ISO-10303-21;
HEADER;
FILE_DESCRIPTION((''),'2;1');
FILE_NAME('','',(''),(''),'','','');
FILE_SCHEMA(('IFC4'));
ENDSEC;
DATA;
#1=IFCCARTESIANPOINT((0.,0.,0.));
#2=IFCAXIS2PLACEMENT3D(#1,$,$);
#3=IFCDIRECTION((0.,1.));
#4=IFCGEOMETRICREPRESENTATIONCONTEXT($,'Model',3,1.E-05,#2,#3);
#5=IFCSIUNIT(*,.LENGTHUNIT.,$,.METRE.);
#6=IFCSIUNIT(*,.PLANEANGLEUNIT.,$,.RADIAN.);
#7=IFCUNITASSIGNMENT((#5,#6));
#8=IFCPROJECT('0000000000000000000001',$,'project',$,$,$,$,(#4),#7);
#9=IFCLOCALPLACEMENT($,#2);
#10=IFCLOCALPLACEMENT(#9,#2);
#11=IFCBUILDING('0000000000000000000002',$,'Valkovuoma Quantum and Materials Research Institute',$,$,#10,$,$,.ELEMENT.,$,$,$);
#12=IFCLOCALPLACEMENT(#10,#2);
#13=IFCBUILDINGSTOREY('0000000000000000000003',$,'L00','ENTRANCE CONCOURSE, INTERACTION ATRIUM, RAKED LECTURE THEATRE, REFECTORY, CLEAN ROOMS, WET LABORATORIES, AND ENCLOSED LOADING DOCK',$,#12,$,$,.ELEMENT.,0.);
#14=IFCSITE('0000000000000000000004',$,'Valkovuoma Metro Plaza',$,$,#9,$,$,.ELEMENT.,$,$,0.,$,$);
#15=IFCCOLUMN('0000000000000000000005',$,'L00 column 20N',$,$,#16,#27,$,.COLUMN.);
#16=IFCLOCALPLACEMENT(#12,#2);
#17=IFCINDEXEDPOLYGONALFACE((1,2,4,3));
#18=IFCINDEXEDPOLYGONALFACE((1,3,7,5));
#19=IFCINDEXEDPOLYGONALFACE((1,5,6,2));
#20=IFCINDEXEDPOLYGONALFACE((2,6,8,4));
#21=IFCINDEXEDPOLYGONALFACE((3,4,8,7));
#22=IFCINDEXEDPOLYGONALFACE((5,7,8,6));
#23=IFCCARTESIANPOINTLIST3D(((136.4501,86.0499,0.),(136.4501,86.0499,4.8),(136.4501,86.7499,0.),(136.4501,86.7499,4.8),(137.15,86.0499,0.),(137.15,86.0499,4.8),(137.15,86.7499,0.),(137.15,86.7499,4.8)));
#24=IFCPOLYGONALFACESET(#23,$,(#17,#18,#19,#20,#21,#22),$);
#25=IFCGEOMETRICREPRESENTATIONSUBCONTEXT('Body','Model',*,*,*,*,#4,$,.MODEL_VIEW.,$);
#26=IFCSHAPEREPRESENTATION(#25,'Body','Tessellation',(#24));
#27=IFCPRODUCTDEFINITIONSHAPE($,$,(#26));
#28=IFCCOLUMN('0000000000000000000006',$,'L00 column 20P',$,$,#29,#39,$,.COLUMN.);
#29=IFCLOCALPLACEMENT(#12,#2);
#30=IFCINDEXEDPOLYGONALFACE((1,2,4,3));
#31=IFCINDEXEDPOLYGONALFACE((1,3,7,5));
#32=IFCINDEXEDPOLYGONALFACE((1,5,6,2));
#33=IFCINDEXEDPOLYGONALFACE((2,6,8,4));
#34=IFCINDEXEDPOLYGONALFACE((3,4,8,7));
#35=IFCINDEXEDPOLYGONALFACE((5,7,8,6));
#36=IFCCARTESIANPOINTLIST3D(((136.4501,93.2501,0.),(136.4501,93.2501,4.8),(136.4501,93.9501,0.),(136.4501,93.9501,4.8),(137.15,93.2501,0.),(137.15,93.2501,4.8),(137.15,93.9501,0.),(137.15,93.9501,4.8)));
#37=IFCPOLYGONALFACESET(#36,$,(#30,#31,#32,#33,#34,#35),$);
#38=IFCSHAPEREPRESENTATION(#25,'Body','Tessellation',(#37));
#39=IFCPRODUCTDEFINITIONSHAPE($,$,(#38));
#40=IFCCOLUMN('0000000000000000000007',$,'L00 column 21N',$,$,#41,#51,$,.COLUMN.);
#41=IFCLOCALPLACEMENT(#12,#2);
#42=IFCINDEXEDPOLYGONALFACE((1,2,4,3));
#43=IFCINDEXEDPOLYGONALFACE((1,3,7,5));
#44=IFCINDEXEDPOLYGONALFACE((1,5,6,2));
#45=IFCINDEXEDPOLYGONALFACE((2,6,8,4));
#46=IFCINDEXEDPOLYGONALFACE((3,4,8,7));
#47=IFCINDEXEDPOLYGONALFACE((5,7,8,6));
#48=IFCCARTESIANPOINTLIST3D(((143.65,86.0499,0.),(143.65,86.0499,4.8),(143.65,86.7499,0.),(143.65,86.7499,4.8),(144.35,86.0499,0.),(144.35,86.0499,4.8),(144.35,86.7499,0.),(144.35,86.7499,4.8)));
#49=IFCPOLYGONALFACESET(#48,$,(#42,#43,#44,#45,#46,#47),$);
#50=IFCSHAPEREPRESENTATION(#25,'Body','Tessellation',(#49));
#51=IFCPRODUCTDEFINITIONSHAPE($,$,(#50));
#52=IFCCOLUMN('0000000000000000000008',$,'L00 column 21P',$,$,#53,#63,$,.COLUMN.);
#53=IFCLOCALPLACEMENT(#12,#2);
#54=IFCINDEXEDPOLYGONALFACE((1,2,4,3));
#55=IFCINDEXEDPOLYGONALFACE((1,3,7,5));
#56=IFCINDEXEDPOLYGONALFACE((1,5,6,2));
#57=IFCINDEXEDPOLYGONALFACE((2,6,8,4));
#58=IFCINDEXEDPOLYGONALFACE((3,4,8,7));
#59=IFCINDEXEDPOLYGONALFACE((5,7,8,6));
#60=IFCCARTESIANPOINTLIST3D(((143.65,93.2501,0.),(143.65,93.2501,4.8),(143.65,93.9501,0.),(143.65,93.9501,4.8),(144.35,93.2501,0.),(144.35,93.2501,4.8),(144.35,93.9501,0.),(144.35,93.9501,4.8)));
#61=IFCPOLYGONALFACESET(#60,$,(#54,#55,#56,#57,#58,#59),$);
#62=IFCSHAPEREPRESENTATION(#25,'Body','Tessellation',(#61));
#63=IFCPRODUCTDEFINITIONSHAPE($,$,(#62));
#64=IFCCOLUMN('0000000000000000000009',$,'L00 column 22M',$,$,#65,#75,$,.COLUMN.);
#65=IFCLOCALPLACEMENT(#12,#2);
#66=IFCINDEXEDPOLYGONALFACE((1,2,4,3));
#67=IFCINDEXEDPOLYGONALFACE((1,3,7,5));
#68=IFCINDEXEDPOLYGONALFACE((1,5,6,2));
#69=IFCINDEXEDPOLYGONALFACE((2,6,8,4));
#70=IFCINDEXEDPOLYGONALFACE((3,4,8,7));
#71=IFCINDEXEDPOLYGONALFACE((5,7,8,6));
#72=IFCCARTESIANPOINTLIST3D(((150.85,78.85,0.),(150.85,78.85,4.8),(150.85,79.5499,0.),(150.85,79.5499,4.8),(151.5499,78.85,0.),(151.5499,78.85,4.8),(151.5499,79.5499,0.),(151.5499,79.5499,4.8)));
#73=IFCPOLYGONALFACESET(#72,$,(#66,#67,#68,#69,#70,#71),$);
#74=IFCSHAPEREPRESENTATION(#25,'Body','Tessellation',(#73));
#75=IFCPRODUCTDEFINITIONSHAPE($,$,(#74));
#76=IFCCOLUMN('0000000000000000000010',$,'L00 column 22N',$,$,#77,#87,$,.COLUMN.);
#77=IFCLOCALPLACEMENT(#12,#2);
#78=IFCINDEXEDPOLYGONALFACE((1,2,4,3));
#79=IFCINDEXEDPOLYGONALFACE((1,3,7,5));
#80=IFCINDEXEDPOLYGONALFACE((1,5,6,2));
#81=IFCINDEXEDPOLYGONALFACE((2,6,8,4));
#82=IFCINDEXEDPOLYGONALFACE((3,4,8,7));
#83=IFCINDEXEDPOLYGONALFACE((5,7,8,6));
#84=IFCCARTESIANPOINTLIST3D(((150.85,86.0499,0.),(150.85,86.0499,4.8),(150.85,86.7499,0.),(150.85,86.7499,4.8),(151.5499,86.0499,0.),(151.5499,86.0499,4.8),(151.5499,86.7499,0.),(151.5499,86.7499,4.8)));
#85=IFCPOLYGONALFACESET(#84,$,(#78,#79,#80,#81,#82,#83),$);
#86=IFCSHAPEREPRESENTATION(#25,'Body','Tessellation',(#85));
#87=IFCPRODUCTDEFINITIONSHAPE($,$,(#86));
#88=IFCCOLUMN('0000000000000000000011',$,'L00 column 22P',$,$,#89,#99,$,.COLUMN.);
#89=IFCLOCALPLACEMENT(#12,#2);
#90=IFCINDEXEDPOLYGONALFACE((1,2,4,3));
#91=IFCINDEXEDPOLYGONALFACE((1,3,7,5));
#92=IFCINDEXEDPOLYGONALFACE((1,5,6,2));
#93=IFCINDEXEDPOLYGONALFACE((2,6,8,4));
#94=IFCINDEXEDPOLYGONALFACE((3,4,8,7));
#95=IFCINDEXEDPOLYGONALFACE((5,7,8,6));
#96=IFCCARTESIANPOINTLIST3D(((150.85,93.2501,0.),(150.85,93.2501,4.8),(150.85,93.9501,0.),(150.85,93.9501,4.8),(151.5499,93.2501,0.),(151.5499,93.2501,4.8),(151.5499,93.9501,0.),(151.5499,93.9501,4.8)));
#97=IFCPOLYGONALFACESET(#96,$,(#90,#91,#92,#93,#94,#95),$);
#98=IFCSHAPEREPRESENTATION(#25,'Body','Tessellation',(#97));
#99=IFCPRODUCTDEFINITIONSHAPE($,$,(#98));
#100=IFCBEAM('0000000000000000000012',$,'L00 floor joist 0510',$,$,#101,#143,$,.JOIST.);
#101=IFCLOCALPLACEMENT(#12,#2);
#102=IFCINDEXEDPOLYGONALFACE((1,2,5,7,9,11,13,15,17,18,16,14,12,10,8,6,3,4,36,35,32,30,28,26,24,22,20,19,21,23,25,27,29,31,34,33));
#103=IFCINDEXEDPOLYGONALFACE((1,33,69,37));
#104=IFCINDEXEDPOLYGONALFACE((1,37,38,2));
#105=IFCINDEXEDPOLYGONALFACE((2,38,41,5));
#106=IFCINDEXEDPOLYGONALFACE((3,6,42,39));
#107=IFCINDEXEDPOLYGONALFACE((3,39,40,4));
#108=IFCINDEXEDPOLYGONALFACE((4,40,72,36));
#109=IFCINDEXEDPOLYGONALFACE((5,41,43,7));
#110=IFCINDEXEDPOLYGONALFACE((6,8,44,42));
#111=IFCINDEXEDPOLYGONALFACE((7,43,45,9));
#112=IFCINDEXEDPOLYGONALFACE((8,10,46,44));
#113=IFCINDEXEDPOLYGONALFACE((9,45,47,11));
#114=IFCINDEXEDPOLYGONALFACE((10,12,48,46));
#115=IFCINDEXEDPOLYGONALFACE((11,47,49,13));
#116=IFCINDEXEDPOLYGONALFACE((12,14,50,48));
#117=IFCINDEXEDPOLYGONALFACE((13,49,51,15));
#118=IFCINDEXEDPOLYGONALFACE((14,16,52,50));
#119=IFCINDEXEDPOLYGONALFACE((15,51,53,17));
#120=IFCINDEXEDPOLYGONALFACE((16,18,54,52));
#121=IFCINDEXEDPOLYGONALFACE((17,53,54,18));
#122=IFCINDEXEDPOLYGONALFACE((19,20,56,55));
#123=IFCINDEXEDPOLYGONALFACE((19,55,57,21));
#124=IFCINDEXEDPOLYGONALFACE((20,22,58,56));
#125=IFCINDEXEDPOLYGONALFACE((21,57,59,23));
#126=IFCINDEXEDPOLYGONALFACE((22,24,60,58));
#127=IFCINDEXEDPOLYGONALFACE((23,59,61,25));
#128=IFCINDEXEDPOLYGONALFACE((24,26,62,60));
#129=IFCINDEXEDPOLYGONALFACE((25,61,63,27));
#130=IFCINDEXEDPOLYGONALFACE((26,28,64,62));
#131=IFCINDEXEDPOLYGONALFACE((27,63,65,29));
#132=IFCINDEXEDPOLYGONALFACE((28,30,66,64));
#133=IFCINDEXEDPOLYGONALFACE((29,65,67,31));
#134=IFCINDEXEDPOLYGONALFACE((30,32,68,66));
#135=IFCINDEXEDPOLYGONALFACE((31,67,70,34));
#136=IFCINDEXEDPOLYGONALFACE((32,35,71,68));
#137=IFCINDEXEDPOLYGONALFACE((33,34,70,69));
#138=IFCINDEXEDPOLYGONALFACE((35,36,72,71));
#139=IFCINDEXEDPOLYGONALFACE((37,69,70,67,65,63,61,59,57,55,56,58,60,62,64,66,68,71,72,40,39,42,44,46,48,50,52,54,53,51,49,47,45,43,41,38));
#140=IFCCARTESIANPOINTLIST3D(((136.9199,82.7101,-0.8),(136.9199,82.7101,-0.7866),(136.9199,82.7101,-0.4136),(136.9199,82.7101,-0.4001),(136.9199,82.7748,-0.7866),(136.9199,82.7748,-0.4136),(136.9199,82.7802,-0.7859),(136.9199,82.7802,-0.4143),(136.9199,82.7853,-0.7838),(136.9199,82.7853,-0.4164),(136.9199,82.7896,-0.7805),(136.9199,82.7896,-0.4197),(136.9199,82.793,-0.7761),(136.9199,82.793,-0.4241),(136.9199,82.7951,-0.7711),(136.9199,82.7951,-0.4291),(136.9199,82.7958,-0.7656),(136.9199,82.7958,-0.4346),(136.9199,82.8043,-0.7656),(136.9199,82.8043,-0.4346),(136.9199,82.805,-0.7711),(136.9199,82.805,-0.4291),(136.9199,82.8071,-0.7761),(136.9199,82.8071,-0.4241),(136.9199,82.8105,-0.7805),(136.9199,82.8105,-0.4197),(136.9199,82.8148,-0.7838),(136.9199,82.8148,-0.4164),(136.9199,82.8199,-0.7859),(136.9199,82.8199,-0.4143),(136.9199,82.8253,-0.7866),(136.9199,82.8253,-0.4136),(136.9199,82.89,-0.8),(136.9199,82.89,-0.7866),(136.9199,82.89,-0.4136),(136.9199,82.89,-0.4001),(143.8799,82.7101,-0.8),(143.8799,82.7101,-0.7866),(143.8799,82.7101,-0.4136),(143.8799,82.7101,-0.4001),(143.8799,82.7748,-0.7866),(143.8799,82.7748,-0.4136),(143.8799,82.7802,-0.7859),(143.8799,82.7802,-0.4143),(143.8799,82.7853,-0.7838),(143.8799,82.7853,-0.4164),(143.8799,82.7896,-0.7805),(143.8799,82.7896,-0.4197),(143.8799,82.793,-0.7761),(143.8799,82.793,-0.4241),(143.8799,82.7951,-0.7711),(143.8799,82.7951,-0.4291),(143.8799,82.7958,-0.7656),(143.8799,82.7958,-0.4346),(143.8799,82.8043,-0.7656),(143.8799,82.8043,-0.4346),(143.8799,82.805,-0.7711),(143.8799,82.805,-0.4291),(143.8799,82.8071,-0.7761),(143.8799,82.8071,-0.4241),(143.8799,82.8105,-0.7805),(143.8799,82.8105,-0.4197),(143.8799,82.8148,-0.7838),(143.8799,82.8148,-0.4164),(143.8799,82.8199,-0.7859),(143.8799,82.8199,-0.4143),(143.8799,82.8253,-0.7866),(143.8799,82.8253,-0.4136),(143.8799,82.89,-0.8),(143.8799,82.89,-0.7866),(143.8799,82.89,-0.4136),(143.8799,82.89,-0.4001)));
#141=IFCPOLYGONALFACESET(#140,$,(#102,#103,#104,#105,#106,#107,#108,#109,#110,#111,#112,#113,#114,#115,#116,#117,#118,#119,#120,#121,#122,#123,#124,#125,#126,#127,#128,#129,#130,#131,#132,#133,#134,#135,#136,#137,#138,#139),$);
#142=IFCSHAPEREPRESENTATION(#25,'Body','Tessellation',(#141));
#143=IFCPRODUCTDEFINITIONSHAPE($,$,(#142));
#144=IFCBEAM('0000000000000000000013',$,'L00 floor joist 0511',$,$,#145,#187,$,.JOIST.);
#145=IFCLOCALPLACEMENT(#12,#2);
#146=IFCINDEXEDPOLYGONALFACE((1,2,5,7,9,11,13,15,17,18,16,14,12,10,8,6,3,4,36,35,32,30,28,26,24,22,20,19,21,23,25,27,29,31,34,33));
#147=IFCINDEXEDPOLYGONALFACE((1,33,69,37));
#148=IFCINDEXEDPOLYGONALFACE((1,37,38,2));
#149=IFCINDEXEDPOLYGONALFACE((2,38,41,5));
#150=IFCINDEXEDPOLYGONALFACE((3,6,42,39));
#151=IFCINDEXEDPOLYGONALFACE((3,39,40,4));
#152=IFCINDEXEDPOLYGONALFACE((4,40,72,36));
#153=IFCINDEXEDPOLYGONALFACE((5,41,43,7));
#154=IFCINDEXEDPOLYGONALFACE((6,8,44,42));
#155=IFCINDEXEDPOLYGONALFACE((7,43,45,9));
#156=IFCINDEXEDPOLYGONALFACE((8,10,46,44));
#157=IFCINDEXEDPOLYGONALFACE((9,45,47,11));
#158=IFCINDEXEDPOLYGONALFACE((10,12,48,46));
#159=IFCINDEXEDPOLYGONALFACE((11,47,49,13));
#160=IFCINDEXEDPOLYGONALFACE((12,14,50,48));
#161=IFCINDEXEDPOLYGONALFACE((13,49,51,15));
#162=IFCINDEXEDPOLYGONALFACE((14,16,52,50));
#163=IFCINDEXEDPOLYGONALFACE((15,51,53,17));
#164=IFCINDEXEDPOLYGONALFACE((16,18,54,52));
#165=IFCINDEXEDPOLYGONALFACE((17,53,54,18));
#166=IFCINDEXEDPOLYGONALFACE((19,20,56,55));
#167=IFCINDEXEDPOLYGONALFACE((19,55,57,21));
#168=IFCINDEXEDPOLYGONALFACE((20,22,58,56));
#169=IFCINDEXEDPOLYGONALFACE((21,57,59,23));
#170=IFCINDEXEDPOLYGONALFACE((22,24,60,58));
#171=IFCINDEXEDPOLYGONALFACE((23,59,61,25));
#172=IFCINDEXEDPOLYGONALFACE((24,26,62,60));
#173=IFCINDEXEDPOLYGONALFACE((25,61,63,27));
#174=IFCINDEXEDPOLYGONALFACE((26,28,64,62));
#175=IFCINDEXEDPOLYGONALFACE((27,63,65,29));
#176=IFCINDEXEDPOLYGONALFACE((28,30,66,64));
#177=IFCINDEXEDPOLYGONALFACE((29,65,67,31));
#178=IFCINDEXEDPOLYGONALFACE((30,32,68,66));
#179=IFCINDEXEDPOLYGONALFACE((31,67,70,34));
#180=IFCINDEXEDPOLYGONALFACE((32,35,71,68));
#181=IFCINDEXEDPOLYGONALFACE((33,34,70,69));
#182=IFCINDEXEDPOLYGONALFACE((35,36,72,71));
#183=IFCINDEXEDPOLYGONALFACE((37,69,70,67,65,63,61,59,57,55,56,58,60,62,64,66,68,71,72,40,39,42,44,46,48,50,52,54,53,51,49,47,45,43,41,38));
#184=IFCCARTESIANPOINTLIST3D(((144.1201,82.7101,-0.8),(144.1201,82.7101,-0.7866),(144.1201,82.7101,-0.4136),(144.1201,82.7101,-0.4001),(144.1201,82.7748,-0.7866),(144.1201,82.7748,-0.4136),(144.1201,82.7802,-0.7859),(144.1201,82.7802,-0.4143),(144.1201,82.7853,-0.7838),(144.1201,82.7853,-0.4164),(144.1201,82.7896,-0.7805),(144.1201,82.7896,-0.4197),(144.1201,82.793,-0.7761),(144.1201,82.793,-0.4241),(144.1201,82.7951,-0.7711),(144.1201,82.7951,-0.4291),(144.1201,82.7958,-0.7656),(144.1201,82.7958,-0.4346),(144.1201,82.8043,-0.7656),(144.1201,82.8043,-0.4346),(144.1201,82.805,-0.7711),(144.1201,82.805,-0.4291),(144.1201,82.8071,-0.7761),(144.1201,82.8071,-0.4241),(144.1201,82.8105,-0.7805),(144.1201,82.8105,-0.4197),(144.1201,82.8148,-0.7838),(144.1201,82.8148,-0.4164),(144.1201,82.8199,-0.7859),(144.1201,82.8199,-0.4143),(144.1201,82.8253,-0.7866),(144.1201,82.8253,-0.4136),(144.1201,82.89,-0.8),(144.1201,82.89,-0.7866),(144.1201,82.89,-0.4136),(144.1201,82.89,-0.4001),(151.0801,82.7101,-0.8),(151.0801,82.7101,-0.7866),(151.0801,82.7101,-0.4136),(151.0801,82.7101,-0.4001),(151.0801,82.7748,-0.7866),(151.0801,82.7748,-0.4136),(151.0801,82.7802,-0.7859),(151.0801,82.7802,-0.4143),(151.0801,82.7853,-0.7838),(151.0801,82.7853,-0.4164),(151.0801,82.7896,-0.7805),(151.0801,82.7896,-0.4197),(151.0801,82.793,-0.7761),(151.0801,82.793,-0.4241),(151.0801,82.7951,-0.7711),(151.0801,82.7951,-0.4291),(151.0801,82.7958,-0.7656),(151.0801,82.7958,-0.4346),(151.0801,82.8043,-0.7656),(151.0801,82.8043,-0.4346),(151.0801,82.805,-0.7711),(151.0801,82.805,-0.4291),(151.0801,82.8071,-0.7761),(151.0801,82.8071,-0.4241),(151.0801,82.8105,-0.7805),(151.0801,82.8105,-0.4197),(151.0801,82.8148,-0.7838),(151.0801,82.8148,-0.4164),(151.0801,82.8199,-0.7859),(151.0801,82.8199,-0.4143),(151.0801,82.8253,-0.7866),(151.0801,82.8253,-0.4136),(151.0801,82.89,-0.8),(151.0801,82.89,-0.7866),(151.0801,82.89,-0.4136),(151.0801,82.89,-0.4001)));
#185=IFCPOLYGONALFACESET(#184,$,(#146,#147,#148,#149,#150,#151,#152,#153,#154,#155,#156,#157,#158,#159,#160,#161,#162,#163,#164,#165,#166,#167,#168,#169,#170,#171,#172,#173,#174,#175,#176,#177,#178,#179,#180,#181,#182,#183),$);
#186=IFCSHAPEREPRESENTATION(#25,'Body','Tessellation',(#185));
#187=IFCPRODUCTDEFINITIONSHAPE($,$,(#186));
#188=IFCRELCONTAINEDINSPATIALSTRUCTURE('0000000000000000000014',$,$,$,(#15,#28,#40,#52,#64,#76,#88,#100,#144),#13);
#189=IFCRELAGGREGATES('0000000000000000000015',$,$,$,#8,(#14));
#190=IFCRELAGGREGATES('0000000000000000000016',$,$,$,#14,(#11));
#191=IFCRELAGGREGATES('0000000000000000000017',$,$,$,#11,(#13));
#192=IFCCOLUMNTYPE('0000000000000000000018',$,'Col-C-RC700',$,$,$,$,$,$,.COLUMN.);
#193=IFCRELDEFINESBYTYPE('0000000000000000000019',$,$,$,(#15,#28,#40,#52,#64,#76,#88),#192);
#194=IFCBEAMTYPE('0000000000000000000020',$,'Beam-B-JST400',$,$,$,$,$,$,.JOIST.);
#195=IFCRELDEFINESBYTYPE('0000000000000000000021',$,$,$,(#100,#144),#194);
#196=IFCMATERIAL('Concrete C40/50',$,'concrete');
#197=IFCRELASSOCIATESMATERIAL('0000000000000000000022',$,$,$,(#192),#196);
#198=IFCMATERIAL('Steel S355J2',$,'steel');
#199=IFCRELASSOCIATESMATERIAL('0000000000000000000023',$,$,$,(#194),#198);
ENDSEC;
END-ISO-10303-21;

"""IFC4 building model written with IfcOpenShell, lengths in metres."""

from ifc_helpers import new_model, si_unit, direction, frame, origin, origin_2d, place, context, subcontext, project, spatial, rectangle, i_section, extrude, material, material_profile, profile_set, type_object, element, save


model = new_model("IFC4")

# Units and contexts
model_context = context("Model", 3, precision=1e-05, world=origin(), true_north=direction((0.0, 1.0)))
body_context = subcontext(model_context, "Body", "Model", "MODEL_VIEW")
ifc_project = project(units=[si_unit("LENGTHUNIT", "METRE"), si_unit("PLANEANGLEUNIT", "RADIAN")], contexts=[model_context])

# Site, building, storey
site_placement = place(None, origin())
site = spatial("IfcSite", under=ifc_project, at=site_placement, Name="Valkovuoma Metro Plaza", CompositionType="ELEMENT", RefElevation=0.0)
building_placement = place(site_placement, origin())
building = spatial("IfcBuilding", under=site, at=building_placement, Name="Valkovuoma Quantum and Materials Research Institute", CompositionType="ELEMENT")
storey_placement = place(building_placement, origin())
storey = spatial("IfcBuildingStorey", under=building, at=storey_placement, Name="L00", Description="ENTRANCE CONCOURSE, INTERACTION ATRIUM, RAKED LECTURE THEATRE, REFECTORY, CLEAN ROOMS, WET LABORATORIES, AND ENCLOSED LOADING DOCK", CompositionType="ELEMENT", Elevation=0.0)

# Columns
ifc_material_1 = material(Name="Concrete C40/50", Category="concrete")
ifc_material_profile_1 = material_profile(ifc_material_1, rectangle(XDim=0.7, YDim=0.7, at=origin_2d()), Name="Concrete C40/50")
ifc_profile_set_1 = profile_set([ifc_material_profile_1], Name="Concrete C40/50")
column_type = type_object("IfcColumnType", Name="Col-C-RC700", PredefinedType="COLUMN", material=ifc_profile_set_1)
for number, where, z_axis, x_axis, name in (
    (1, (136.8, 86.3999, 0.0), (0.0, 0.0, 1.0), (1.0, 0.0, 0.0), "L00 column 20N"),
    (2, (136.8, 93.6001, 0.0), (0.0, 0.0, 1.0), (1.0, 0.0, 0.0), "L00 column 20P"),
    (3, (144.0, 86.3999, 0.0), (0.0, 0.0, 1.0), (1.0, 0.0, 0.0), "L00 column 21N"),
    (4, (144.0, 93.6001, 0.0), (0.0, 0.0, 1.0), (1.0, 0.0, 0.0), "L00 column 21P"),
    (5, (151.2, 79.2, 0.0), (0.0, 0.0, 1.0), (1.0, 0.0, 0.0), "L00 column 22M"),
    (6, (151.2, 86.3999, 0.0), (0.0, 0.0, 1.0), (1.0, 0.0, 0.0), "L00 column 22N"),
    (7, (151.2, 93.6001, 0.0), (0.0, 0.0, 1.0), (1.0, 0.0, 0.0), "L00 column 22P"),
):
    element("IfcColumn", number, at=place(storey_placement, frame(where, z_axis=z_axis, x_axis=x_axis)), inside=storey, type_object=column_type, Name=name, PredefinedType="COLUMN", context=body_context, shape_type="SweptSolid", body=[
        extrude(rectangle(XDim=0.7, YDim=0.7, at=origin_2d()), origin(), (0.0, 0.0, 1.0), 4.8),
    ])

# Beams
ifc_material_2 = material(Name="Steel S355J2", Category="steel")
ifc_material_profile_2 = material_profile(ifc_material_2, i_section(OverallWidth=0.1799, OverallDepth=0.3999, WebThickness=0.0085, FlangeThickness=0.0134, FilletRadius=0.021, at=origin_2d()), Name="Steel S355J2")
ifc_profile_set_2 = profile_set([ifc_material_profile_2], Name="Steel S355J2")
beam_type_1 = type_object("IfcBeamType", Name="Beam-B-JST400", PredefinedType="JOIST", material=ifc_profile_set_2)
for number, where, z_axis, x_axis, name in (
    (8, (136.9199, 82.8, -0.6001), (1.0, 0.0, 0.0), (0.0, 1.0, 0.0), "L00 floor joist 0510"),
    (9, (144.1201, 82.8, -0.6001), (1.0, 0.0, 0.0), (0.0, 1.0, 0.0), "L00 floor joist 0511"),
):
    element("IfcBeam", number, at=place(storey_placement, frame(where, z_axis=z_axis, x_axis=x_axis)), inside=storey, type_object=beam_type_1, Name=name, PredefinedType="JOIST", context=body_context, shape_type="SweptSolid", body=[
        extrude(i_section(OverallWidth=0.1799, OverallDepth=0.3999, WebThickness=0.0085, FlangeThickness=0.0134, FilletRadius=0.021, at=origin_2d()), origin(), (0.0, 0.0, 1.0), 6.96),
    ])

save(model, "model.ifc")
